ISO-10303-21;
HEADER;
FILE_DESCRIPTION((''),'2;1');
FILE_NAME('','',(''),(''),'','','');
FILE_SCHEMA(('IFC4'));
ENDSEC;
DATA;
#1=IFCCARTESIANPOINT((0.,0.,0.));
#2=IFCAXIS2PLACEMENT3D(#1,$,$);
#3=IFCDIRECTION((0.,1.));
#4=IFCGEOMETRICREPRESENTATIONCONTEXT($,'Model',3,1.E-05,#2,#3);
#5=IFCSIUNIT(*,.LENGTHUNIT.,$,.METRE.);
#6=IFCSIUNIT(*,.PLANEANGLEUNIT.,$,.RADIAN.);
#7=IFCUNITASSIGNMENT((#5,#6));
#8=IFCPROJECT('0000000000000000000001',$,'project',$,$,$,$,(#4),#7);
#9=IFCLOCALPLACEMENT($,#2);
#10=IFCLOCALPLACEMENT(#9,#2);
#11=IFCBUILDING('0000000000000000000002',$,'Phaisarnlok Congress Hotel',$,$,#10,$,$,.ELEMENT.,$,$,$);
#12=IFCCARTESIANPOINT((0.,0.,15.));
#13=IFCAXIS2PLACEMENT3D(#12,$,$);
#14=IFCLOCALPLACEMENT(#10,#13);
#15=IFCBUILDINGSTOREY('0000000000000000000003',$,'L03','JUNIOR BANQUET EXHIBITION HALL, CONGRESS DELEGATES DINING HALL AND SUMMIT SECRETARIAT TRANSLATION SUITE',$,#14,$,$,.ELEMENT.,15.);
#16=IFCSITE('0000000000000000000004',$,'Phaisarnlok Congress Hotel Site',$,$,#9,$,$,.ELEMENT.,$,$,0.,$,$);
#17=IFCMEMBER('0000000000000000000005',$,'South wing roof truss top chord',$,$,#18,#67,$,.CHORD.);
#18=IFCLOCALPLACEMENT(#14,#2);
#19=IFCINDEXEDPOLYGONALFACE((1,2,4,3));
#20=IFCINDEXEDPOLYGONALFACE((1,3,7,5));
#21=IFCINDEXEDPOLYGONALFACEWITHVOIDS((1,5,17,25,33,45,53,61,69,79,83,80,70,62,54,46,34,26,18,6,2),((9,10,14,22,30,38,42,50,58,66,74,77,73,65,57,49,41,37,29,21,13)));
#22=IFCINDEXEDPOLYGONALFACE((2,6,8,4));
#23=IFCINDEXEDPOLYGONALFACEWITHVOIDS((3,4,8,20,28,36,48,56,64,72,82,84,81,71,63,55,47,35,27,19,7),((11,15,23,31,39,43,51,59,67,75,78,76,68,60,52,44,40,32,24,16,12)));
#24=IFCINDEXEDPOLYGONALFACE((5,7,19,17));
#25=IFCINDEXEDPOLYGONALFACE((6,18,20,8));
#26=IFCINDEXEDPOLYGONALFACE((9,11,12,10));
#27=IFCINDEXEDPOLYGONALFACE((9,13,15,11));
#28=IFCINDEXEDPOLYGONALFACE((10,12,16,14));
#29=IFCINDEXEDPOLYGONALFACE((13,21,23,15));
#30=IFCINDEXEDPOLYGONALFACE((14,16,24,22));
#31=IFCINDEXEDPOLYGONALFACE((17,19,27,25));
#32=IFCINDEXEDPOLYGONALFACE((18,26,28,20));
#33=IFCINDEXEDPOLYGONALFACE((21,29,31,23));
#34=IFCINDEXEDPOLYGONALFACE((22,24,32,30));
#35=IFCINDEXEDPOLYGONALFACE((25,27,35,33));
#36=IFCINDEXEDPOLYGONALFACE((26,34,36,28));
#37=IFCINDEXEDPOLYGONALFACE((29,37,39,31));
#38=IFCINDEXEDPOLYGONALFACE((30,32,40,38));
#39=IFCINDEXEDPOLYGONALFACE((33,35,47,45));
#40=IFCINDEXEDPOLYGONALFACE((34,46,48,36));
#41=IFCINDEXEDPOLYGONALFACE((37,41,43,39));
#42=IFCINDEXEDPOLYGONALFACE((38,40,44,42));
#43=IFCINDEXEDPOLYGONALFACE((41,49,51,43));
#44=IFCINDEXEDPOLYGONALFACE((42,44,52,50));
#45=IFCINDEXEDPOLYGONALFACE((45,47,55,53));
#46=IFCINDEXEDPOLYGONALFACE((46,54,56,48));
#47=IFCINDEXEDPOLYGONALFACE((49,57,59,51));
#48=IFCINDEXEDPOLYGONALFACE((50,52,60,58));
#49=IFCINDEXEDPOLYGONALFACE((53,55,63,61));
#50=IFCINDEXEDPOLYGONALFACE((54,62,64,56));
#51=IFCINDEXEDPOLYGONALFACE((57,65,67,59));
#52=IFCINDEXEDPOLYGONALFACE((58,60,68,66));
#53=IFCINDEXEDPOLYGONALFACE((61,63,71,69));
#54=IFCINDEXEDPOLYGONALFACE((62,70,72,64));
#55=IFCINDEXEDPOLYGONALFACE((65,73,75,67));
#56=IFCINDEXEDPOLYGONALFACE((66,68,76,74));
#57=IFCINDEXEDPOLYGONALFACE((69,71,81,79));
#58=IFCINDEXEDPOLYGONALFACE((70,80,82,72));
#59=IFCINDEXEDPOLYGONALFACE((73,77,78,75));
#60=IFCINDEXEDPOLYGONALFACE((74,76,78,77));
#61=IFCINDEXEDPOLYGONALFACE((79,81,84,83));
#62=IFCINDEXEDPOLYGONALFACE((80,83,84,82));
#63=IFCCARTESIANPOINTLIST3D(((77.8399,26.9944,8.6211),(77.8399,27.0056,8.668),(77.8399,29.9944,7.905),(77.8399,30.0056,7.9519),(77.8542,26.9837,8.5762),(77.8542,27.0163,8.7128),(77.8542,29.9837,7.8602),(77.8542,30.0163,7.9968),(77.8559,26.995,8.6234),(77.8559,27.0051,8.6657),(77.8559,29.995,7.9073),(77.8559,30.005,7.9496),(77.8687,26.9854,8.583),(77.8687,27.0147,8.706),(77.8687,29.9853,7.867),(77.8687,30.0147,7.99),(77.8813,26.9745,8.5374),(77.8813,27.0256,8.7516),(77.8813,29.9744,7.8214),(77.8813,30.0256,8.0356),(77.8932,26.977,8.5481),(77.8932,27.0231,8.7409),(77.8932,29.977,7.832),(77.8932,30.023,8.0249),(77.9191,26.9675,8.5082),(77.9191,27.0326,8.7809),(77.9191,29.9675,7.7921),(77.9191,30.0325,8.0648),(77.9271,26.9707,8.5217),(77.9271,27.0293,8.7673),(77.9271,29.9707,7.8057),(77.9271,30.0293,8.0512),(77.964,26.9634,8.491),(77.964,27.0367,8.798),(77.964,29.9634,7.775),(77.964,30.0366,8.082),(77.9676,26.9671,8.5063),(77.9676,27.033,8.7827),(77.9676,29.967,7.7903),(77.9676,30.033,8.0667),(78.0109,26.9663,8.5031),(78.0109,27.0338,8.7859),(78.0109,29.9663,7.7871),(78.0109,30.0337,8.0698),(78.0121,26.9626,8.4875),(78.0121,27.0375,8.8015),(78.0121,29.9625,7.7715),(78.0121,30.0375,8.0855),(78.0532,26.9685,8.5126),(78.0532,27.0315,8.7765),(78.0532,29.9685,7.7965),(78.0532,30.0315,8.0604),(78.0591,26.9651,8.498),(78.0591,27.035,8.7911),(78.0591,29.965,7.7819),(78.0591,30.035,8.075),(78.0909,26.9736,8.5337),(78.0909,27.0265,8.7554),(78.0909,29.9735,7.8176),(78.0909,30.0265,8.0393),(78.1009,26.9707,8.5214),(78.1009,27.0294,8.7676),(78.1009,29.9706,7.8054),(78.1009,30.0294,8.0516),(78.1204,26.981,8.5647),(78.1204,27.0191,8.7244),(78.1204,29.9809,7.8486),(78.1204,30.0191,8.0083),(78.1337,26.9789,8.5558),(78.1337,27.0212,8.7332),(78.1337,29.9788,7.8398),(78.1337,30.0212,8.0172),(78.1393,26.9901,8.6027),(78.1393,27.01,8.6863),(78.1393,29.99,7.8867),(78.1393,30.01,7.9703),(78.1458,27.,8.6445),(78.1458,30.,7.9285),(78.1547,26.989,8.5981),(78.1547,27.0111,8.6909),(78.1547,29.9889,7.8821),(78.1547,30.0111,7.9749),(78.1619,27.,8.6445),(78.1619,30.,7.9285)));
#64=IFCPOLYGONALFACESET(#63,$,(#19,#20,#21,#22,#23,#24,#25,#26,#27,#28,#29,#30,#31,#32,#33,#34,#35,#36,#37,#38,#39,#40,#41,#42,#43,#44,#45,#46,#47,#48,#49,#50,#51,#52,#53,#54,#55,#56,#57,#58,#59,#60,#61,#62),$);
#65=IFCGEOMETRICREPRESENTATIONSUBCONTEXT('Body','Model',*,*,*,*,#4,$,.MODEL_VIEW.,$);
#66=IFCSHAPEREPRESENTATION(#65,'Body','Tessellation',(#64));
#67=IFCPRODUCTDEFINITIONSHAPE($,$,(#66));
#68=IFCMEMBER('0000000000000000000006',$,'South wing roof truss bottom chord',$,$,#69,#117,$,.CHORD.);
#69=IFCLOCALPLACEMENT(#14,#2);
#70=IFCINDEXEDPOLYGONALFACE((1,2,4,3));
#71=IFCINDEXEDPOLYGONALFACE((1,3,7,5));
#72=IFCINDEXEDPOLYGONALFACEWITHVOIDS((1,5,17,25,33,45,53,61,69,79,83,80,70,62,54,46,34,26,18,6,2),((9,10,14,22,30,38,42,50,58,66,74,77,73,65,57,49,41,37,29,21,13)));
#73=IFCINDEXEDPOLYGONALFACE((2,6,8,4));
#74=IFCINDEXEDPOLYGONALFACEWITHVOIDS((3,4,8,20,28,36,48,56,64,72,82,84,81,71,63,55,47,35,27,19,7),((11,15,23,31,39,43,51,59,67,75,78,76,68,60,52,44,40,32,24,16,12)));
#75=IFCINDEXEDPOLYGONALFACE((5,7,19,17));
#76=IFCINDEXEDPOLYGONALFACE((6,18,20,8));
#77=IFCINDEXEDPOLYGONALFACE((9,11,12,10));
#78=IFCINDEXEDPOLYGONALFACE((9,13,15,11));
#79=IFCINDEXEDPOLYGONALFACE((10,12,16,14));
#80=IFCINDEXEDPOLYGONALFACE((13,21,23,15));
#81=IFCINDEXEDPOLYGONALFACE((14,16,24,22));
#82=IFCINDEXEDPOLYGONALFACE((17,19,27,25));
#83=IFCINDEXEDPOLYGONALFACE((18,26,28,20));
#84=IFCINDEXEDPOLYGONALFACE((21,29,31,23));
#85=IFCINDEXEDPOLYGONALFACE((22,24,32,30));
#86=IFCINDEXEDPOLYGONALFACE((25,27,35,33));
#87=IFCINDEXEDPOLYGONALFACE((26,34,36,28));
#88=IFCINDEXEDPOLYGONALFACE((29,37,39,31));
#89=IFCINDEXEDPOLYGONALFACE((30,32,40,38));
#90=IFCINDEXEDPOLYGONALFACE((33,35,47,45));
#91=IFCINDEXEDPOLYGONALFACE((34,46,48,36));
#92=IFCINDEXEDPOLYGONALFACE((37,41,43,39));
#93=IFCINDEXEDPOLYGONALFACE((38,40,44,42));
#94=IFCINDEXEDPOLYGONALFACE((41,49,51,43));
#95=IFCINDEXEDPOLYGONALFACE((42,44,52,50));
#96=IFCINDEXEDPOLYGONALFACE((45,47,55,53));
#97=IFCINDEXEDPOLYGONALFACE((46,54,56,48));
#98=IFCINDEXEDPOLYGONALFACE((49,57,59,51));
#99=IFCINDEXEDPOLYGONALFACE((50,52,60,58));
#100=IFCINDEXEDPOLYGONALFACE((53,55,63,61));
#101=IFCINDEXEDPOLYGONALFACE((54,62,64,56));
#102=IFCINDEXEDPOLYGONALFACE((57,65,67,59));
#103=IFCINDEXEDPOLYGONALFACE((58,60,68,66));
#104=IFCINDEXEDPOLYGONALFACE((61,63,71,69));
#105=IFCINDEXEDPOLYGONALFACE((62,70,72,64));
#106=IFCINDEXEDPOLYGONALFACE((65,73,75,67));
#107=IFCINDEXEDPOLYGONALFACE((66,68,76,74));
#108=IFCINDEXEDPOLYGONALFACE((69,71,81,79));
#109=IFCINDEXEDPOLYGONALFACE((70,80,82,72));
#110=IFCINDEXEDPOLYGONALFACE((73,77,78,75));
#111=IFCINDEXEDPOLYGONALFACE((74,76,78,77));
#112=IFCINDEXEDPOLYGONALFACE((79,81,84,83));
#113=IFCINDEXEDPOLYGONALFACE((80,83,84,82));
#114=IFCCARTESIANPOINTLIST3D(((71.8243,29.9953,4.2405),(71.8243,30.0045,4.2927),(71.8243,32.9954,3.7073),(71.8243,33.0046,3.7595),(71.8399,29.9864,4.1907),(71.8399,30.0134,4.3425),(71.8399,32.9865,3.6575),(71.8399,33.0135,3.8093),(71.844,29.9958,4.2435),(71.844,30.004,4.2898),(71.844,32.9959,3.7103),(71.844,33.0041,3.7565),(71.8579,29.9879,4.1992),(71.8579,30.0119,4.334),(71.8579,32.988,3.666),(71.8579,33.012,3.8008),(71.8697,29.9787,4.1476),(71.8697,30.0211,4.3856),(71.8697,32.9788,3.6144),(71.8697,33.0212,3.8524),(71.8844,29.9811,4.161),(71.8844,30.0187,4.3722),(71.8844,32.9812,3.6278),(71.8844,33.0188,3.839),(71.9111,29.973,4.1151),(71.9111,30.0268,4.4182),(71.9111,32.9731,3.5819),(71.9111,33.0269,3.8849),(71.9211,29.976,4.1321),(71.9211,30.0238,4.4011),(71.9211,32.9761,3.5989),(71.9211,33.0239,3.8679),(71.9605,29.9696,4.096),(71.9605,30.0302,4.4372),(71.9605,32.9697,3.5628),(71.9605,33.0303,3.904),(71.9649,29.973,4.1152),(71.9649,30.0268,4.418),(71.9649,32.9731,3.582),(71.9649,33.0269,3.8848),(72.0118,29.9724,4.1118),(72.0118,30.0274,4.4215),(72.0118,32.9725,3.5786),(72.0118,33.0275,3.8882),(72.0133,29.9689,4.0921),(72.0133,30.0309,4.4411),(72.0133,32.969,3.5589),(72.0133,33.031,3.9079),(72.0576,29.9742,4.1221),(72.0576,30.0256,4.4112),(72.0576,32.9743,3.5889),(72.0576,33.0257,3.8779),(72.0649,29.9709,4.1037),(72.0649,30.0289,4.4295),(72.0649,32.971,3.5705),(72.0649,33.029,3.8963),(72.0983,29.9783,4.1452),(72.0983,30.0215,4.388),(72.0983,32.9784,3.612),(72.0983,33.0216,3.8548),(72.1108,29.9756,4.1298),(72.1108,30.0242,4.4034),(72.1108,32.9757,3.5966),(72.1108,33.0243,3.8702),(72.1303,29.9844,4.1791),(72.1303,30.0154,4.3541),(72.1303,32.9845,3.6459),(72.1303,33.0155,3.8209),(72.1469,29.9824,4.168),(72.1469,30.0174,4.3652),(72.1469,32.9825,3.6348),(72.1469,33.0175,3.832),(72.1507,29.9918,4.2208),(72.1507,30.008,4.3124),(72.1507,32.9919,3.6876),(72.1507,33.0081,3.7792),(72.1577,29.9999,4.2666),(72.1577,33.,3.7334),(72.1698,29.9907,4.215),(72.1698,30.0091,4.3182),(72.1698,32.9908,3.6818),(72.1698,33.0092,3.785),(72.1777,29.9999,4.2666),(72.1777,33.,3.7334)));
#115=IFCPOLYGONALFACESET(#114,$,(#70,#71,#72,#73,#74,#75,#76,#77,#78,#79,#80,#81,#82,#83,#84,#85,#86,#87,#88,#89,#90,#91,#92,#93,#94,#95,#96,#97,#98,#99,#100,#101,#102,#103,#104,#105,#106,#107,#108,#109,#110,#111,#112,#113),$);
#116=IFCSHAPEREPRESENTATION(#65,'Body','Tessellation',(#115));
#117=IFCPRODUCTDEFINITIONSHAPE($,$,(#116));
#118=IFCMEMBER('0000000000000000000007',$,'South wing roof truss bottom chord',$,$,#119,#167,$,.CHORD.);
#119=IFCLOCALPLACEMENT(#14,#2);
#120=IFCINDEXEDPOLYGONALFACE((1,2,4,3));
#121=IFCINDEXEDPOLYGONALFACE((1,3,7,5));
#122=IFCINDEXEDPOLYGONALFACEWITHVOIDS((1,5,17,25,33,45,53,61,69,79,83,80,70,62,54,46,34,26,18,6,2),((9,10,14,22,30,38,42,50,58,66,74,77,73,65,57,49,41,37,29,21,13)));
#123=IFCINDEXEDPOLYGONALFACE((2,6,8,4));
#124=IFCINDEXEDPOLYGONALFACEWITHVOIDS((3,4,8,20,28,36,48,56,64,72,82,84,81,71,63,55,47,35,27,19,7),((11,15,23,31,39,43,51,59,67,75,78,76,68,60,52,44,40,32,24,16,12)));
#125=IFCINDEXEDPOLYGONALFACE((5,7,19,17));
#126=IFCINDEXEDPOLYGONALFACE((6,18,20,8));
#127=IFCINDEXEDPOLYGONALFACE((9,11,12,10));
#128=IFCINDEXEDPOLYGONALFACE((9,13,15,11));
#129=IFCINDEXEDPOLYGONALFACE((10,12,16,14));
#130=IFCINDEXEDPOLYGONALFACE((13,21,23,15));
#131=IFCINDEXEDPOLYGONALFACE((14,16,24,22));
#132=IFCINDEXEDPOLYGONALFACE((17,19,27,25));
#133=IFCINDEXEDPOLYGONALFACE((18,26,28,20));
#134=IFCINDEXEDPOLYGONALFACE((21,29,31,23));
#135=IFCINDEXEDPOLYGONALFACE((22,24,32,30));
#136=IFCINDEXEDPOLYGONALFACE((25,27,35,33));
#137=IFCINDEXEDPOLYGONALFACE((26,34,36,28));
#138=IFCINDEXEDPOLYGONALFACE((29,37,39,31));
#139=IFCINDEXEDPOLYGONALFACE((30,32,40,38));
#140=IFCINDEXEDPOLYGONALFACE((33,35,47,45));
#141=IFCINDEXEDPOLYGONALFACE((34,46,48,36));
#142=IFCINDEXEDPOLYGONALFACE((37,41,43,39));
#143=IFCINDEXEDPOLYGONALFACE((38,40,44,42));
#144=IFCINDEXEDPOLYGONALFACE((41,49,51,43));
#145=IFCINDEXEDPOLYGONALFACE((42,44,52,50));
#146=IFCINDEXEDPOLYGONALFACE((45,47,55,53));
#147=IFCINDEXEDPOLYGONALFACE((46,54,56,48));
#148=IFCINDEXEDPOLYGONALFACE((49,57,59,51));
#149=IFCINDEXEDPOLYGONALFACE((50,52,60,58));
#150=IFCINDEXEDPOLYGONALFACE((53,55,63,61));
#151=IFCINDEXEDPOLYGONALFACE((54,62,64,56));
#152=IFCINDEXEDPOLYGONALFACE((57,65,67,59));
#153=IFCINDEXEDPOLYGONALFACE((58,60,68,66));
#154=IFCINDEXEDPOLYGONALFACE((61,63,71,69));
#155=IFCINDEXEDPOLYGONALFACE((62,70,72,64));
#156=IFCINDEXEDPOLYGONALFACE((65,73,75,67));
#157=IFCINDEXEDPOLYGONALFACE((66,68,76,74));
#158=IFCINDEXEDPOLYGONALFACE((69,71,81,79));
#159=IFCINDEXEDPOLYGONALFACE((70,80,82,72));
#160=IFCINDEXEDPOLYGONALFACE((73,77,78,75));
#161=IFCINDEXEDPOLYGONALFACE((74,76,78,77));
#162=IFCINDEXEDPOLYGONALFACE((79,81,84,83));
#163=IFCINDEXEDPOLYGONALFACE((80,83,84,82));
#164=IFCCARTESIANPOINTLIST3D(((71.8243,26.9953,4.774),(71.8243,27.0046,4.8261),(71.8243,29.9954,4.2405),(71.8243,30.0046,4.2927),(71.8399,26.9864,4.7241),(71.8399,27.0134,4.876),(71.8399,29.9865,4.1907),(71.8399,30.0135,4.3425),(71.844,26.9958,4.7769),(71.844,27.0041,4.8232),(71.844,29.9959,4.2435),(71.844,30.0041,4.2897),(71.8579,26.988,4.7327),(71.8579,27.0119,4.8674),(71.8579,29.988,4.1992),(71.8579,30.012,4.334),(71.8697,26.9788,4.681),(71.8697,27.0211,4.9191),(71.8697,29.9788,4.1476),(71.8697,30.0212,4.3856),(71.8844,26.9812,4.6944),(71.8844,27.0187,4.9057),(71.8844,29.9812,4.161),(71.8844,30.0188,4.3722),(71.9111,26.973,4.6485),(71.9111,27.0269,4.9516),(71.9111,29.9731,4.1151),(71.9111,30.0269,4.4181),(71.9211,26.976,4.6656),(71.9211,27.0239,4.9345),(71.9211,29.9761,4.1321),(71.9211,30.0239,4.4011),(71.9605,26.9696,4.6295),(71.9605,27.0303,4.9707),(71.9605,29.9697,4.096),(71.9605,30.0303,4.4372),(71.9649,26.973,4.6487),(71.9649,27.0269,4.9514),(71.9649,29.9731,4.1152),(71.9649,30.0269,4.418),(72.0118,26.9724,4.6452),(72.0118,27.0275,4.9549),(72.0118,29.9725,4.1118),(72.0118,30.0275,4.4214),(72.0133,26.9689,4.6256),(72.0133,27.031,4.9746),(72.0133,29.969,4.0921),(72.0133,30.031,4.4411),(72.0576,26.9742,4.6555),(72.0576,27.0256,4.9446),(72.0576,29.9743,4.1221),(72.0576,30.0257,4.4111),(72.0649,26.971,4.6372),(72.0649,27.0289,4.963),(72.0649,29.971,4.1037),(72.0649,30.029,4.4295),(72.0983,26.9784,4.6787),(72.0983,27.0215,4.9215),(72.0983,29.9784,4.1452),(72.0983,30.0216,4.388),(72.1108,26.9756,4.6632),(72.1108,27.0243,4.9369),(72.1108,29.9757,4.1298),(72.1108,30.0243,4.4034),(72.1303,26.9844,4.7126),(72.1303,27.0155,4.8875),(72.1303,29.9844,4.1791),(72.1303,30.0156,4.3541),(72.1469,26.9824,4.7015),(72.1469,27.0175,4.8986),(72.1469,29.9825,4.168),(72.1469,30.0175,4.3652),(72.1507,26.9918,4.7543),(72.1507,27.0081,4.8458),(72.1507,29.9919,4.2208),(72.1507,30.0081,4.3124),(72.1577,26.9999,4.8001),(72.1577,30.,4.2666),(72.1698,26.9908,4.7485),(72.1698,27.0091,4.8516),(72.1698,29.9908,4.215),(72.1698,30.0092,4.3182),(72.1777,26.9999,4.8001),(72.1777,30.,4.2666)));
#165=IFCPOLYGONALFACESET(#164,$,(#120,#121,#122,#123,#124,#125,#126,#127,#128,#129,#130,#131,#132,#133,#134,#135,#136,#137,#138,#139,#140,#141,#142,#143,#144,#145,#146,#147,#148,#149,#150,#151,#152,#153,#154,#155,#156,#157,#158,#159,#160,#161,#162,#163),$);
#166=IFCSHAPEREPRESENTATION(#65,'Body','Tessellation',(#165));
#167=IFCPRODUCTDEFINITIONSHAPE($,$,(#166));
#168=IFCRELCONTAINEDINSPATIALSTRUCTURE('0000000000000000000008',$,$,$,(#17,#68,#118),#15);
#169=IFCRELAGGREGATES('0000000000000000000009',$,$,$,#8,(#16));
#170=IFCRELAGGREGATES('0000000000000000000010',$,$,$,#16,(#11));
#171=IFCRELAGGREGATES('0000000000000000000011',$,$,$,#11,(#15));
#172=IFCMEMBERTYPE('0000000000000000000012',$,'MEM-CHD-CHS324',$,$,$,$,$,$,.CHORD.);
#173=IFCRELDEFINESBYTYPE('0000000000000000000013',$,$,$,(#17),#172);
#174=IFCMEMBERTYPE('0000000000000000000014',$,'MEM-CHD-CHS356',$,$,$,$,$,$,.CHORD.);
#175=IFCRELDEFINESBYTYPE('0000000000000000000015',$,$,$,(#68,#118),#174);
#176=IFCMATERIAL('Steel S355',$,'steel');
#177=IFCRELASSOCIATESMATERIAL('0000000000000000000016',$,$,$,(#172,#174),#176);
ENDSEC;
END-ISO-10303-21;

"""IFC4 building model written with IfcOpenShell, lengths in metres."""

from ifc_helpers import new_model, si_unit, direction, frame, origin, origin_2d, place, context, subcontext, project, spatial, hollow_circle, extrude, material, material_profile, profile_set, type_object, element, save


model = new_model("IFC4")

# Units and contexts
model_context = context("Model", 3, precision=1e-05, world=origin(), true_north=direction((0.0, 1.0)))
body_context = subcontext(model_context, "Body", "Model", "MODEL_VIEW")
ifc_project = project(units=[si_unit("LENGTHUNIT", "METRE"), si_unit("PLANEANGLEUNIT", "RADIAN")], contexts=[model_context])

# Site, building, storey
site_placement = place(None, origin())
site = spatial("IfcSite", under=ifc_project, at=site_placement, Name="Phaisarnlok Congress Hotel Site", CompositionType="ELEMENT", RefElevation=0.0)
building_placement = place(site_placement, origin())
building = spatial("IfcBuilding", under=site, at=building_placement, Name="Phaisarnlok Congress Hotel", CompositionType="ELEMENT")
storey_placement = place(building_placement, frame((0.0, 0.0, 15.0)))
storey = spatial("IfcBuildingStorey", under=building, at=storey_placement, Name="L03", Description="JUNIOR BANQUET EXHIBITION HALL, CONGRESS DELEGATES DINING HALL AND SUMMIT SECRETARIAT TRANSLATION SUITE", CompositionType="ELEMENT", Elevation=15.0)

# Shared definitions
ifc_material_1 = material(Name="Steel S355", Category="steel")

# Members
ifc_material_profile_1 = material_profile(ifc_material_1, hollow_circle(Radius=0.1619, WallThickness=0.0161, at=origin_2d()), Name="CHS 323.9x16")
ifc_profile_set_1 = profile_set([ifc_material_profile_1], Name="Steel S355")
member_type_1 = type_object("IfcMemberType", Name="MEM-CHD-CHS324", PredefinedType="CHORD", material=ifc_profile_set_1)
for number, where, z_axis, x_axis, name in (
    (1, (78.0, 30.0, 7.9285), (0.0, -0.972676, 0.232166), (1.0, 0.0, 0.0), "South wing roof truss top chord"),
):
    element("IfcMember", number, at=place(storey_placement, frame(where, z_axis=z_axis, x_axis=x_axis)), inside=storey, type_object=member_type_1, Name=name, PredefinedType="CHORD", context=body_context, shape_type="SweptSolid", body=[
        extrude(hollow_circle(Radius=0.1619, WallThickness=0.0161, at=origin_2d()), origin(), (0.0, 0.0, 1.0), 3.0842),
    ])
ifc_material_profile_2 = material_profile(ifc_material_1, hollow_circle(Radius=0.1777, WallThickness=0.02, at=origin_2d()), Name="CHS 355.6x20")
ifc_profile_set_2 = profile_set([ifc_material_profile_2], Name="Steel S355")
member_type_2 = type_object("IfcMemberType", Name="MEM-CHD-CHS356", PredefinedType="CHORD", material=ifc_profile_set_2)
for number, where, z_axis, x_axis, name in (
    (2, (72.0, 33.0, 3.7334), (0.0, -0.98457, 0.174992), (1.0, 0.0, 0.0), "South wing roof truss bottom chord"),
    (3, (72.0, 30.0, 4.2666), (0.0, -0.984556, 0.17507), (1.0, 0.0, 0.0), "South wing roof truss bottom chord"),
):
    element("IfcMember", number, at=place(storey_placement, frame(where, z_axis=z_axis, x_axis=x_axis)), inside=storey, type_object=member_type_2, Name=name, PredefinedType="CHORD", context=body_context, shape_type="SweptSolid", body=[
        extrude(hollow_circle(Radius=0.1777, WallThickness=0.02, at=origin_2d()), origin(), (0.0, 0.0, 1.0), 3.0471),
    ])

save(model, "model.ifc")
